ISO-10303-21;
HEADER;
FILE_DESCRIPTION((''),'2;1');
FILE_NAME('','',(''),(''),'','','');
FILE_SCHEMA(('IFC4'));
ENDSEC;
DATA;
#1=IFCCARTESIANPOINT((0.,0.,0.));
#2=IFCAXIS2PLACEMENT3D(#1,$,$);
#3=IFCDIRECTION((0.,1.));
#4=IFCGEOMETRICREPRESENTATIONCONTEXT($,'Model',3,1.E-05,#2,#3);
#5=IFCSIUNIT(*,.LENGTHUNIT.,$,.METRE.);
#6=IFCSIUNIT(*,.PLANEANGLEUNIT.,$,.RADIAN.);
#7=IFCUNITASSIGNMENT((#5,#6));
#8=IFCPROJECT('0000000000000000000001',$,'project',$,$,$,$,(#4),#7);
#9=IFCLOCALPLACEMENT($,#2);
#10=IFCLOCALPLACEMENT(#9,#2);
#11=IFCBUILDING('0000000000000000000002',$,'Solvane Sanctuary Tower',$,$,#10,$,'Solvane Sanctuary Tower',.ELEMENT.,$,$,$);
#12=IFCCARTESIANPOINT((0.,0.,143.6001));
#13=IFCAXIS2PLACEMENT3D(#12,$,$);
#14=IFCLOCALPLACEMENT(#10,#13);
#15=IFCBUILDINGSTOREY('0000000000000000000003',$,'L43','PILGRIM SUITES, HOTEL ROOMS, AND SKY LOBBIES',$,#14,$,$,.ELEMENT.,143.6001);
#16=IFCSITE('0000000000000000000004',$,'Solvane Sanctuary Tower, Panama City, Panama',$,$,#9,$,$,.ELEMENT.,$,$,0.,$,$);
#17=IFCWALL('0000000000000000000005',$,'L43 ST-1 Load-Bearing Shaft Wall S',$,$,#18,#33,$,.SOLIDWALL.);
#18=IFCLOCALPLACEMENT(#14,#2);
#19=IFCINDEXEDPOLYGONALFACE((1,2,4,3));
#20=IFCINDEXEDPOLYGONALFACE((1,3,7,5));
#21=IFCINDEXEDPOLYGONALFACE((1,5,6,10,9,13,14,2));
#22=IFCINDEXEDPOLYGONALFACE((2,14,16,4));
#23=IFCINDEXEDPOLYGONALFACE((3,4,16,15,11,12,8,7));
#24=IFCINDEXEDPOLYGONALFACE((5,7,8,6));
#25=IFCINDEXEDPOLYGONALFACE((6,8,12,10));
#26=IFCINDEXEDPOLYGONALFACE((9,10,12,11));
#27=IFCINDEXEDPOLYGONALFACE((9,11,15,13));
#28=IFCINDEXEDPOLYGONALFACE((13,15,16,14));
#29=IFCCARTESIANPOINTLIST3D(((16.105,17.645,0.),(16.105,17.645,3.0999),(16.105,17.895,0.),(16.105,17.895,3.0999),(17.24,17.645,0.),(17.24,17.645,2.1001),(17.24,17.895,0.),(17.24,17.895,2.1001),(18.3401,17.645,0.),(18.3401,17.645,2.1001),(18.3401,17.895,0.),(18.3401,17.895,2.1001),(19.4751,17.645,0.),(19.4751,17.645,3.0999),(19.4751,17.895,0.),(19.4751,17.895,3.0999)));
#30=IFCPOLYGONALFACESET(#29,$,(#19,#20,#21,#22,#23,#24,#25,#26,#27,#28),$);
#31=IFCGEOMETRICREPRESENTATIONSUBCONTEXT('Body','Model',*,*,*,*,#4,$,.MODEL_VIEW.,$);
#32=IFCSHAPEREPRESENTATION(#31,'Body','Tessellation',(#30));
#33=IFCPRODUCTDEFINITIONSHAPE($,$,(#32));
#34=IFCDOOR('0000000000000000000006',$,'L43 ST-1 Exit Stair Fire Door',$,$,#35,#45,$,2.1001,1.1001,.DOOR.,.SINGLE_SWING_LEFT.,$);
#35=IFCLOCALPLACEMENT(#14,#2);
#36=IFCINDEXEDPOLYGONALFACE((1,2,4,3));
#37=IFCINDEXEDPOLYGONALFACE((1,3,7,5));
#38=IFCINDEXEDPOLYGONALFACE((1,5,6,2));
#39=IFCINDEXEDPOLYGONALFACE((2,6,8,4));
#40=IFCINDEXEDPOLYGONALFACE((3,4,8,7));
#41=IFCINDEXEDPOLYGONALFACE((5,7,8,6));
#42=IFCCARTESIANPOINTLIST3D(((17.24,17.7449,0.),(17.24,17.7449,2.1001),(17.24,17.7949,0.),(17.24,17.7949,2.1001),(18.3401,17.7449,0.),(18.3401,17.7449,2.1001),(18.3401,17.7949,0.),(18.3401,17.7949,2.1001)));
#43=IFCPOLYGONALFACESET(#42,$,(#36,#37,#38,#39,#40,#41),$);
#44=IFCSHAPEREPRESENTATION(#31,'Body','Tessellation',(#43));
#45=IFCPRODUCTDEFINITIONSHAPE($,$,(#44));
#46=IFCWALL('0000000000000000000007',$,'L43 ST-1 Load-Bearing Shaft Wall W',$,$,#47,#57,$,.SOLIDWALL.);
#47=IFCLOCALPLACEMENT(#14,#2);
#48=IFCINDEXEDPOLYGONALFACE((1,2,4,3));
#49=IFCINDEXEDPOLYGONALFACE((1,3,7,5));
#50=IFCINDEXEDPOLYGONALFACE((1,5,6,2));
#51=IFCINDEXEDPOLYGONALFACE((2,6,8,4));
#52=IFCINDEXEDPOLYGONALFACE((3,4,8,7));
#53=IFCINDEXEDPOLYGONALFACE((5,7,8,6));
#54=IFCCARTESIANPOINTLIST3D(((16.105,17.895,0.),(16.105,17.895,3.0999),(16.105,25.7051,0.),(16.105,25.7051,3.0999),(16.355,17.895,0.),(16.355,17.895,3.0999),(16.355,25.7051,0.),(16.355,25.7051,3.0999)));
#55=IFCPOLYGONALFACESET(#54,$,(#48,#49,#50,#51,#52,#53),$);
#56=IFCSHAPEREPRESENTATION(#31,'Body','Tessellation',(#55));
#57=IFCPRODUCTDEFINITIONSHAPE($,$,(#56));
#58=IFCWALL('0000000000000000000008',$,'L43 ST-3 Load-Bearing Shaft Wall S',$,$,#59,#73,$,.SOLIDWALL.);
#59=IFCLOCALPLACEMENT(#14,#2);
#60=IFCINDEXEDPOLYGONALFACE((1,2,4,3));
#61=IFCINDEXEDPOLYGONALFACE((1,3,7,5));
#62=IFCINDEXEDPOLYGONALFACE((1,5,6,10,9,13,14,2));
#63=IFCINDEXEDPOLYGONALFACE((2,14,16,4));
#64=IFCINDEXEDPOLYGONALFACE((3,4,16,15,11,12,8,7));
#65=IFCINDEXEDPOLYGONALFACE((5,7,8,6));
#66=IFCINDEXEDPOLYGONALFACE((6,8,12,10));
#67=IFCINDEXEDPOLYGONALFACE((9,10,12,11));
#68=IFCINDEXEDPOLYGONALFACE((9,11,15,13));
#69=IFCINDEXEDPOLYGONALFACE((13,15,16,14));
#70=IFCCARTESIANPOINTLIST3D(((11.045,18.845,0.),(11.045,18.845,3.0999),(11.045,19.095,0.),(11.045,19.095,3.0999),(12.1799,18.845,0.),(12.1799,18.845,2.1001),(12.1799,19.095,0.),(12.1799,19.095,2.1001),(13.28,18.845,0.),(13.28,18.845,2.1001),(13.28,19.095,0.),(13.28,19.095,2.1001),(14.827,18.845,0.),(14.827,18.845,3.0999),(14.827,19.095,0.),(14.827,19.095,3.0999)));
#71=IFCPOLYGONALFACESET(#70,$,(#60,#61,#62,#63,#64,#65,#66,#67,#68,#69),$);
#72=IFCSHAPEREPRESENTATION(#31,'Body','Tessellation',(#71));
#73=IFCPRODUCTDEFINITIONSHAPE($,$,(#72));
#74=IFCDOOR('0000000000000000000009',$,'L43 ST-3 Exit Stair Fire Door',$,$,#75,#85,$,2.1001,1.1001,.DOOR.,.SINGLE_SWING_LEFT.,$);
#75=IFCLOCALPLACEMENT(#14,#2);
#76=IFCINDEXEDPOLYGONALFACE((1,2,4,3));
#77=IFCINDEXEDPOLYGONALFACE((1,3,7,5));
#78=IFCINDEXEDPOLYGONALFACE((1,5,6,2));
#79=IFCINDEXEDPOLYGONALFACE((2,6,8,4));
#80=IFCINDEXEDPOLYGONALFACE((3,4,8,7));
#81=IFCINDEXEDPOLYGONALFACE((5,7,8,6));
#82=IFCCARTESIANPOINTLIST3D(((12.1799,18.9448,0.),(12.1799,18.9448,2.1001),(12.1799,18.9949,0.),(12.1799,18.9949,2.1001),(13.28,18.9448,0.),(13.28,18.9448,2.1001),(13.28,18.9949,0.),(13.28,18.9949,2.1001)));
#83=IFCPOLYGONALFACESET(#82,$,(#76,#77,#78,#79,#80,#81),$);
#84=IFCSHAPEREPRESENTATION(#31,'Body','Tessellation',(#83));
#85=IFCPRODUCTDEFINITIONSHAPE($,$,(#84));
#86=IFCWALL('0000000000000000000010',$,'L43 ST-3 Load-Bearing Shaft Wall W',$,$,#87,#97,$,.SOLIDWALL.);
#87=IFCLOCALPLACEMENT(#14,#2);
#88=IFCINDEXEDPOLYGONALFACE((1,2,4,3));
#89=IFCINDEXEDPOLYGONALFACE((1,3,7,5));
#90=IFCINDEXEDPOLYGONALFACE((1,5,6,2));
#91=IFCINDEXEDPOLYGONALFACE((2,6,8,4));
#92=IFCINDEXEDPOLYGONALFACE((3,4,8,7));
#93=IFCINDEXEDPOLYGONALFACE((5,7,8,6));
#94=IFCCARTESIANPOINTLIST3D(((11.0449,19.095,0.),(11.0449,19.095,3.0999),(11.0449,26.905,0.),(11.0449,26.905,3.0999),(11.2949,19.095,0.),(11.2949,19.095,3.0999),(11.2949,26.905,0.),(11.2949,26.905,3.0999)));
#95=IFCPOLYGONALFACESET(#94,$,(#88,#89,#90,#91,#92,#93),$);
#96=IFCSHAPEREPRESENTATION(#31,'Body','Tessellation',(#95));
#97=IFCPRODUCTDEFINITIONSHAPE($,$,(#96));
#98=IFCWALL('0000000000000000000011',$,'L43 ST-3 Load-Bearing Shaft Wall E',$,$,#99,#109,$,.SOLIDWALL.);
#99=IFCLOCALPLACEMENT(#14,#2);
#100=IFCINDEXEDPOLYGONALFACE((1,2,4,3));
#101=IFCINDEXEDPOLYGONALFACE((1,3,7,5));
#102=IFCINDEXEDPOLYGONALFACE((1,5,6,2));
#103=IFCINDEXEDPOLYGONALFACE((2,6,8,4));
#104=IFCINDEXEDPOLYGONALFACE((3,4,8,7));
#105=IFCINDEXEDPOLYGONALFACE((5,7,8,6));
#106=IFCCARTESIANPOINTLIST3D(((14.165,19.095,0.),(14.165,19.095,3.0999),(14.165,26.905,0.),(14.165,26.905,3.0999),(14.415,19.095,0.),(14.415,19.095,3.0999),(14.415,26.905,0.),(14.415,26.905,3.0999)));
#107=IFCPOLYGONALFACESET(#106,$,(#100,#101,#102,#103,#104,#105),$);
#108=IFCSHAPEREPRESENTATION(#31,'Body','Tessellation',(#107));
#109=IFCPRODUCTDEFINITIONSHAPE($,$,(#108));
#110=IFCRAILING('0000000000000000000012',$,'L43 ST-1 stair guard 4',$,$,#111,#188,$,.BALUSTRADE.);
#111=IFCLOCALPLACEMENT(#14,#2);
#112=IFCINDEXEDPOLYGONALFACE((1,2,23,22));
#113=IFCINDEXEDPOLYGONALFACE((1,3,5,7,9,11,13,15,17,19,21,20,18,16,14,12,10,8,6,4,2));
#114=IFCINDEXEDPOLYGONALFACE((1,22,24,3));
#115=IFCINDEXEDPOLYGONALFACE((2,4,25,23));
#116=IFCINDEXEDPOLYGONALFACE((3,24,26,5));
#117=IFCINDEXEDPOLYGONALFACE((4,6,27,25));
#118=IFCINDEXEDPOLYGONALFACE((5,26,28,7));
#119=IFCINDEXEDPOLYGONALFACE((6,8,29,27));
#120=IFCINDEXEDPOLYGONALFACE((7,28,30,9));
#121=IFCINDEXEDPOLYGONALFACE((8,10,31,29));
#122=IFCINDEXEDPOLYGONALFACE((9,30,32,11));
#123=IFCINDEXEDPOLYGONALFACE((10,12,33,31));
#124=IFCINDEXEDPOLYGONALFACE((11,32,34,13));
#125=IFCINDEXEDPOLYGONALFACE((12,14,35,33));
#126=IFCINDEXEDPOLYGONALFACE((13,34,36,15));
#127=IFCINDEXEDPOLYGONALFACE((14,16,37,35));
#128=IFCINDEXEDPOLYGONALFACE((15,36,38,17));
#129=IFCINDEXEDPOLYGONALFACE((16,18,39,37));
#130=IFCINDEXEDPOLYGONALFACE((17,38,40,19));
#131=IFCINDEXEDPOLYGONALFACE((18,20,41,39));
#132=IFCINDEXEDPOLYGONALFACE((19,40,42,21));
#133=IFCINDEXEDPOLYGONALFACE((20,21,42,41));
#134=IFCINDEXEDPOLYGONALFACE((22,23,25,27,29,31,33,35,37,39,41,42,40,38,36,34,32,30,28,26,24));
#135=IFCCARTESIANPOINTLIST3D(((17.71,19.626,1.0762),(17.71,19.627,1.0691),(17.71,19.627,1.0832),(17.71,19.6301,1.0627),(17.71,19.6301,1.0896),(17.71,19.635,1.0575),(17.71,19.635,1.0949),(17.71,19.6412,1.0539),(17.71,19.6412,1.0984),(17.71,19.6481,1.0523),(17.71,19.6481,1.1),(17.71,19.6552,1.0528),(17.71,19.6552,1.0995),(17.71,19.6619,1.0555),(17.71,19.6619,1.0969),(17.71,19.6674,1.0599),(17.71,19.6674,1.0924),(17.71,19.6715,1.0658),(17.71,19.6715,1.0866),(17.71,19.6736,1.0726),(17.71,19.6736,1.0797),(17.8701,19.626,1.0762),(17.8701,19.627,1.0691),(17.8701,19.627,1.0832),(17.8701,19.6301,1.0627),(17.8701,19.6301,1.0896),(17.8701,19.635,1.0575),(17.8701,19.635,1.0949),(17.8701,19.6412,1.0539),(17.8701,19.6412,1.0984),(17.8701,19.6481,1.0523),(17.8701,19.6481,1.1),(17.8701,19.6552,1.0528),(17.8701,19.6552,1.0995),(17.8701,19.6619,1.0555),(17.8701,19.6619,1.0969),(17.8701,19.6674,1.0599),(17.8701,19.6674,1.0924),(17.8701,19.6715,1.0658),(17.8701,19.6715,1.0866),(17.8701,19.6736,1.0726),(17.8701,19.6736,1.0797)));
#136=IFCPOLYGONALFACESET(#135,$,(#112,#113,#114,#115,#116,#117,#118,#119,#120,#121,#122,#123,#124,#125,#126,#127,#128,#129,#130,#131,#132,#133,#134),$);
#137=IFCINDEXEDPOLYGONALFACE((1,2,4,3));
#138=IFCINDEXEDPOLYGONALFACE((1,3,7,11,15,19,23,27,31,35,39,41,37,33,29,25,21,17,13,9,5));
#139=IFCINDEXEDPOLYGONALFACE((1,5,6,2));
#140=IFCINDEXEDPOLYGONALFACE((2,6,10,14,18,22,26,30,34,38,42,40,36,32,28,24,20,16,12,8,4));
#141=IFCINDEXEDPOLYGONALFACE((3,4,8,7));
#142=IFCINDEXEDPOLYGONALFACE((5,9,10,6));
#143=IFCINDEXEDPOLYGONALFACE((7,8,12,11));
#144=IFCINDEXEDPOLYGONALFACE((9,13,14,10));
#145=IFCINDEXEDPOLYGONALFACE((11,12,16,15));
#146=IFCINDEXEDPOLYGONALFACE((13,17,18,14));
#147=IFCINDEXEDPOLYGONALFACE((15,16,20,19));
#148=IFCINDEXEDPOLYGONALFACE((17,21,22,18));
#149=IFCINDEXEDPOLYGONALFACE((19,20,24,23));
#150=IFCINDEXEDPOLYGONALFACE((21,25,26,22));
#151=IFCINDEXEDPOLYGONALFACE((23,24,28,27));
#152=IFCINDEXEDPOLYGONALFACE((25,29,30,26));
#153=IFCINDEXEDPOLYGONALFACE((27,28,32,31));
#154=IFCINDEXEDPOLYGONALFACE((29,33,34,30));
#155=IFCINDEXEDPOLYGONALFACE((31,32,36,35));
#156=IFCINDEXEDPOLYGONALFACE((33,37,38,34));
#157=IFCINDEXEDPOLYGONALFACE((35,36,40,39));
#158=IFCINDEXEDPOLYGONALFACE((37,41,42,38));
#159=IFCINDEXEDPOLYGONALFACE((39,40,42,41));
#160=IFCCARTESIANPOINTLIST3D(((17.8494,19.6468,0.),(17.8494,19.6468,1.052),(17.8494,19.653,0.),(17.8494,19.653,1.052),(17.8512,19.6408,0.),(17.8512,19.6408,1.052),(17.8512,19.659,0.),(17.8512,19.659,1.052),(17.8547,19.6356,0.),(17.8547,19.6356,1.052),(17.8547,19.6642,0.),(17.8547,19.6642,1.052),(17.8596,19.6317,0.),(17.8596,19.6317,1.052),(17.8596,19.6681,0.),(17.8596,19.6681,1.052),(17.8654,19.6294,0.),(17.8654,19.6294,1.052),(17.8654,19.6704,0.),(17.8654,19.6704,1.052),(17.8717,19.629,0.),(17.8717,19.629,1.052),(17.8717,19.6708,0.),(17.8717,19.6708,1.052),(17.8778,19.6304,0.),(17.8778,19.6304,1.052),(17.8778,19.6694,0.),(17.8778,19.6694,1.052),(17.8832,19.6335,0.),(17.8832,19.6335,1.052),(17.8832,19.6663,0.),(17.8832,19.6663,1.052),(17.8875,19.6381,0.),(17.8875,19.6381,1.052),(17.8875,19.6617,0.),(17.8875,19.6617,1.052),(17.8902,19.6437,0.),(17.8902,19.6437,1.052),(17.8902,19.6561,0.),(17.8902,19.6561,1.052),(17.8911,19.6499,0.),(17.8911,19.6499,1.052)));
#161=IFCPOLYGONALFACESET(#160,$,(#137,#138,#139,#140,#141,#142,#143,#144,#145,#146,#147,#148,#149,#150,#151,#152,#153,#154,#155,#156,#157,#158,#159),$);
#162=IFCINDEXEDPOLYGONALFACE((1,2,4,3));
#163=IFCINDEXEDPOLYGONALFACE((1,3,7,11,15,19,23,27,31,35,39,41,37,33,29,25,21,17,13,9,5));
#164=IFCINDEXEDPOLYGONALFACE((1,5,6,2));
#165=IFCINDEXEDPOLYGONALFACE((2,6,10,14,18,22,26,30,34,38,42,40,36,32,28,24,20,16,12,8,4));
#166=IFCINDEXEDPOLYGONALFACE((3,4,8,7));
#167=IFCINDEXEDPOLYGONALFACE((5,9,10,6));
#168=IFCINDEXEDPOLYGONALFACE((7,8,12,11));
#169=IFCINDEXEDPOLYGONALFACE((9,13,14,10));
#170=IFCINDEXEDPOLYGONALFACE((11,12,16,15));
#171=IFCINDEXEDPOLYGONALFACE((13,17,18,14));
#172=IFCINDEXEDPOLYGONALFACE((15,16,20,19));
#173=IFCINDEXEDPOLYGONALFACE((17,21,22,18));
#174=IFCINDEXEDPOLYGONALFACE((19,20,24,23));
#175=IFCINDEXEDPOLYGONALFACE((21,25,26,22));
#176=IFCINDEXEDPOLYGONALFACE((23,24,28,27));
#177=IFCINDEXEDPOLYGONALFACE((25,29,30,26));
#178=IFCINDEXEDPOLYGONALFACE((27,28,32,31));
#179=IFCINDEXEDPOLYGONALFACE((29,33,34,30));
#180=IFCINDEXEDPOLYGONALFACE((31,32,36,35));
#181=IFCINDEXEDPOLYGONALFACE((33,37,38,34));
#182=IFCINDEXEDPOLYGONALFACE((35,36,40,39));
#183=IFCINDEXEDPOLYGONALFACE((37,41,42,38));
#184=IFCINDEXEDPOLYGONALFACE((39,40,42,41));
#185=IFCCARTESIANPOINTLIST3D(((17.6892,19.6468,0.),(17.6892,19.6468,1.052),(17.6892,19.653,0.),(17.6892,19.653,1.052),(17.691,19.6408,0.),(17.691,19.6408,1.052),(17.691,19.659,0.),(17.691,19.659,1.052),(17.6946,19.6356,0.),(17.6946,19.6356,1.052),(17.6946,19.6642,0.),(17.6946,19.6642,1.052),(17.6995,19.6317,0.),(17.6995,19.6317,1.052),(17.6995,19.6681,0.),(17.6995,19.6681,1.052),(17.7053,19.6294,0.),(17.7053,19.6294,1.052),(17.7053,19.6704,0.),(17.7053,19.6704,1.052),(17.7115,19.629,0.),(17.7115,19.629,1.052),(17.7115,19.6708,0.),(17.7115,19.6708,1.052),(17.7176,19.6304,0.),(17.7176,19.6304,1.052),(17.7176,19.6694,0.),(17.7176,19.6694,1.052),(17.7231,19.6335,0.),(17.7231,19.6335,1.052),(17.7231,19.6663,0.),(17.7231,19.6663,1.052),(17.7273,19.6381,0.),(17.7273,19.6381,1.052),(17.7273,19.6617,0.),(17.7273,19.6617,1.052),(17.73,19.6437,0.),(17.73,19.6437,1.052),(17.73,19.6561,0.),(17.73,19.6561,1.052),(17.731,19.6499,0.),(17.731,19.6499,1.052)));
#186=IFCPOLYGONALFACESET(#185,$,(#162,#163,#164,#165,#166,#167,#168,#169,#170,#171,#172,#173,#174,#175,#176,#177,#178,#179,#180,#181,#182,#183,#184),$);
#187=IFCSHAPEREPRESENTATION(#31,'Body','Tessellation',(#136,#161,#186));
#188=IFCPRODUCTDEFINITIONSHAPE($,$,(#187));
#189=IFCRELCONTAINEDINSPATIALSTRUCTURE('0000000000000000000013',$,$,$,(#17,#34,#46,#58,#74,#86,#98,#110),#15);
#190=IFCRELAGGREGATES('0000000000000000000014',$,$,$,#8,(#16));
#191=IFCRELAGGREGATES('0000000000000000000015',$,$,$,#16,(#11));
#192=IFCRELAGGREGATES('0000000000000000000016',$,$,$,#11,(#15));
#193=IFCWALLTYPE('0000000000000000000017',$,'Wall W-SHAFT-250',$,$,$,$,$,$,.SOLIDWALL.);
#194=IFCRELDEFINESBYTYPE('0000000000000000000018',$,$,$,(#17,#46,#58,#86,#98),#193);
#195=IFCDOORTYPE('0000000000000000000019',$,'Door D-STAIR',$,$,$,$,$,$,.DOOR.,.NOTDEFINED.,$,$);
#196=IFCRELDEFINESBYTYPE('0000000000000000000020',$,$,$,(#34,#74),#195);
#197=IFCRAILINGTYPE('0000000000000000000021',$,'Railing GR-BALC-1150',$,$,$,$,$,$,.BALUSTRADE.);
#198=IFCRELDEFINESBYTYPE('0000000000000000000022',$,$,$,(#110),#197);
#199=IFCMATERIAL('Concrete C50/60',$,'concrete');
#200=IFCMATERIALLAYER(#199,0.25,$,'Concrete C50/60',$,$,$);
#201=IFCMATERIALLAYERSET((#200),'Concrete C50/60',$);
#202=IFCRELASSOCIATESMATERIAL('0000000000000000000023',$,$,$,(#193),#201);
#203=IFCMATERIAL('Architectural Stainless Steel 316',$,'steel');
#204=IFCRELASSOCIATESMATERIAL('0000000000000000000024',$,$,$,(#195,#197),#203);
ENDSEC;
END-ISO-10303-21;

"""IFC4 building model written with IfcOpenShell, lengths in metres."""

from ifc_helpers import new_model, si_unit, direction, frame, frame_2d, origin, origin_2d, place, context, subcontext, project, spatial, rectangle, circle, extrude, material, layer, layer_set, type_object, element, fill, save


model = new_model("IFC4")

# Units and contexts
model_context = context("Model", 3, precision=1e-05, world=origin(), true_north=direction((0.0, 1.0)))
body_context = subcontext(model_context, "Body", "Model", "MODEL_VIEW")
ifc_project = project(units=[si_unit("LENGTHUNIT", "METRE"), si_unit("PLANEANGLEUNIT", "RADIAN")], contexts=[model_context])

# Site, building, storey
site_placement = place(None, origin())
site = spatial("IfcSite", under=ifc_project, at=site_placement, Name="Solvane Sanctuary Tower, Panama City, Panama", CompositionType="ELEMENT", RefElevation=0.0)
building_placement = place(site_placement, origin())
building = spatial("IfcBuilding", under=site, at=building_placement, Name="Solvane Sanctuary Tower", LongName="Solvane Sanctuary Tower", CompositionType="ELEMENT")
storey_placement = place(building_placement, frame((0.0, 0.0, 143.6001)))
storey = spatial("IfcBuildingStorey", under=building, at=storey_placement, Name="L43", Description="PILGRIM SUITES, HOTEL ROOMS, AND SKY LOBBIES", CompositionType="ELEMENT", Elevation=143.6001)

# Shared definitions
ifc_material_1 = material(Name="Architectural Stainless Steel 316", Category="steel")

# Wall, opening, door
ifc_material_2 = material(Name="Concrete C50/60", Category="concrete")
ifc_layer_1 = layer(ifc_material_2, 0.25, Name="Concrete C50/60")
ifc_layer_set_1 = layer_set([ifc_layer_1], Name="Concrete C50/60")
wall_type_1 = type_object("IfcWallType", Name="Wall W-SHAFT-250", PredefinedType="SOLIDWALL", material=ifc_layer_set_1)
wall_1_placement = place(storey_placement, frame((16.105, 17.77, 0.0), z_axis=(0.0, 0.0, 1.0), x_axis=(1.0, 0.0, 0.0)))
wall_1 = element("IfcWall", 1, at=wall_1_placement, inside=storey, type_object=wall_type_1, Name="L43 ST-1 Load-Bearing Shaft Wall S", PredefinedType="SOLIDWALL", context=body_context, shape_type="SweptSolid", body=[
    extrude(rectangle(XDim=3.3701, YDim=0.25, at=frame_2d((1.6851, 0.0))), origin(), (0.0, 0.0, 1.0), 3.0999),
])
opening_1_placement = place(wall_1_placement, frame((1.135, 0.0, 0.0)))
opening_1 = element("IfcOpeningElement", 2, at=opening_1_placement, cuts=wall_1, PredefinedType="OPENING", context=body_context, shape_type="SweptSolid", body=[
    extrude(rectangle(XDim=1.1001, YDim=2.1001, at=frame_2d((0.55, 1.05))), frame((0.0, 0.135, 0.0), z_axis=(0.0, -1.0, 0.0), x_axis=(1.0, 0.0, 0.0)), (0.0, 0.0, 1.0), 0.27),
])
door_type_1 = type_object("IfcDoorType", Name="Door D-STAIR", OperationType="NOTDEFINED", PredefinedType="DOOR", material=ifc_material_1)
door_1_placement = place(opening_1_placement, origin())
door_1 = element("IfcDoor", 3, at=door_1_placement, inside=storey, type_object=door_type_1, Name="L43 ST-1 Exit Stair Fire Door", OperationType="SINGLE_SWING_LEFT", OverallHeight=2.1001, OverallWidth=1.1001, PredefinedType="DOOR", context=body_context, shape_type="SweptSolid", body=[
    extrude(rectangle(XDim=1.1001, YDim=2.1001, at=frame_2d((0.55, 1.05))), frame((0.0, 0.0249, 0.0), z_axis=(0.0, -1.0, 0.0), x_axis=(1.0, 0.0, 0.0)), (0.0, 0.0, 1.0), 0.05),
])
fill(opening_1, door_1)

# Wall
wall_2_placement = place(storey_placement, frame((16.23, 17.895, 0.0), z_axis=(0.0, 0.0, 1.0), x_axis=(0.0, 1.0, 0.0)))
element("IfcWall", 4, at=wall_2_placement, inside=storey, type_object=wall_type_1, Name="L43 ST-1 Load-Bearing Shaft Wall W", PredefinedType="SOLIDWALL", context=body_context, shape_type="SweptSolid", body=[
    extrude(rectangle(XDim=7.8101, YDim=0.25, at=frame_2d((3.905, 0.0))), origin(), (0.0, 0.0, 1.0), 3.0999),
])

# Wall, opening, door
wall_3_placement = place(storey_placement, frame((11.0449, 18.97, 0.0), z_axis=(0.0, 0.0, 1.0), x_axis=(1.0, 0.0, 0.0)))
wall_3 = element("IfcWall", 5, at=wall_3_placement, inside=storey, type_object=wall_type_1, Name="L43 ST-3 Load-Bearing Shaft Wall S", PredefinedType="SOLIDWALL", context=body_context, shape_type="SweptSolid", body=[
    extrude(rectangle(XDim=3.782, YDim=0.25, at=frame_2d((1.8911, 0.0))), origin(), (0.0, 0.0, 1.0), 3.0999),
])
opening_2_placement = place(wall_3_placement, frame((1.135, 0.0, 0.0)))
opening_2 = element("IfcOpeningElement", 6, at=opening_2_placement, cuts=wall_3, PredefinedType="OPENING", context=body_context, shape_type="SweptSolid", body=[
    extrude(rectangle(XDim=1.1001, YDim=2.1001, at=frame_2d((0.55, 1.05))), frame((0.0, 0.135, 0.0), z_axis=(0.0, -1.0, 0.0), x_axis=(1.0, 0.0, 0.0)), (0.0, 0.0, 1.0), 0.27),
])
door_2_placement = place(opening_2_placement, origin())
door_2 = element("IfcDoor", 7, at=door_2_placement, inside=storey, type_object=door_type_1, Name="L43 ST-3 Exit Stair Fire Door", OperationType="SINGLE_SWING_LEFT", OverallHeight=2.1001, OverallWidth=1.1001, PredefinedType="DOOR", context=body_context, shape_type="SweptSolid", body=[
    extrude(rectangle(XDim=1.1001, YDim=2.1001, at=frame_2d((0.55, 1.05))), frame((0.0, 0.0249, 0.0), z_axis=(0.0, -1.0, 0.0), x_axis=(1.0, 0.0, 0.0)), (0.0, 0.0, 1.0), 0.05),
])
fill(opening_2, door_2)

# Walls
for number, where, z_axis, x_axis, name in (
    (8, (11.1699, 19.095, 0.0), (0.0, 0.0, 1.0), (0.0, 1.0, 0.0), "L43 ST-3 Load-Bearing Shaft Wall W"),
    (9, (14.29, 19.095, 0.0), (0.0, 0.0, 1.0), (0.0, 1.0, 0.0), "L43 ST-3 Load-Bearing Shaft Wall E"),
):
    element("IfcWall", number, at=place(storey_placement, frame(where, z_axis=z_axis, x_axis=x_axis)), inside=storey, type_object=wall_type_1, Name=name, PredefinedType="SOLIDWALL", context=body_context, shape_type="SweptSolid", body=[
        extrude(rectangle(XDim=7.8101, YDim=0.25, at=frame_2d((3.905, 0.0))), origin(), (0.0, 0.0, 1.0), 3.0999),
    ])

# Railing
railing_type = type_object("IfcRailingType", Name="Railing GR-BALC-1150", PredefinedType="BALUSTRADE", material=ifc_material_1)
for number, where, name in (
    (10, (17.8701, 19.6499, 0.0), "L43 ST-1 stair guard 4"),
):
    element("IfcRailing", number, at=place(storey_placement, frame(where)), inside=storey, type_object=railing_type, Name=name, PredefinedType="BALUSTRADE", context=body_context, shape_type="SweptSolid", body=[
        extrude(circle(Radius=0.0239, at=origin_2d()), frame((0.0, 0.0, 1.0762), z_axis=(-1.0, 0.0, 0.0), x_axis=(0.0, -1.0, 0.0)), (0.0, 0.0, 1.0), 0.1602),
        extrude(circle(Radius=0.021, at=origin_2d()), origin(), (0.0, 0.0, 1.0), 1.052),
        extrude(circle(Radius=0.021, at=origin_2d()), frame((-0.1602, 0.0, 0.0)), (0.0, 0.0, 1.0), 1.052),
    ])

save(model, "model.ifc")
